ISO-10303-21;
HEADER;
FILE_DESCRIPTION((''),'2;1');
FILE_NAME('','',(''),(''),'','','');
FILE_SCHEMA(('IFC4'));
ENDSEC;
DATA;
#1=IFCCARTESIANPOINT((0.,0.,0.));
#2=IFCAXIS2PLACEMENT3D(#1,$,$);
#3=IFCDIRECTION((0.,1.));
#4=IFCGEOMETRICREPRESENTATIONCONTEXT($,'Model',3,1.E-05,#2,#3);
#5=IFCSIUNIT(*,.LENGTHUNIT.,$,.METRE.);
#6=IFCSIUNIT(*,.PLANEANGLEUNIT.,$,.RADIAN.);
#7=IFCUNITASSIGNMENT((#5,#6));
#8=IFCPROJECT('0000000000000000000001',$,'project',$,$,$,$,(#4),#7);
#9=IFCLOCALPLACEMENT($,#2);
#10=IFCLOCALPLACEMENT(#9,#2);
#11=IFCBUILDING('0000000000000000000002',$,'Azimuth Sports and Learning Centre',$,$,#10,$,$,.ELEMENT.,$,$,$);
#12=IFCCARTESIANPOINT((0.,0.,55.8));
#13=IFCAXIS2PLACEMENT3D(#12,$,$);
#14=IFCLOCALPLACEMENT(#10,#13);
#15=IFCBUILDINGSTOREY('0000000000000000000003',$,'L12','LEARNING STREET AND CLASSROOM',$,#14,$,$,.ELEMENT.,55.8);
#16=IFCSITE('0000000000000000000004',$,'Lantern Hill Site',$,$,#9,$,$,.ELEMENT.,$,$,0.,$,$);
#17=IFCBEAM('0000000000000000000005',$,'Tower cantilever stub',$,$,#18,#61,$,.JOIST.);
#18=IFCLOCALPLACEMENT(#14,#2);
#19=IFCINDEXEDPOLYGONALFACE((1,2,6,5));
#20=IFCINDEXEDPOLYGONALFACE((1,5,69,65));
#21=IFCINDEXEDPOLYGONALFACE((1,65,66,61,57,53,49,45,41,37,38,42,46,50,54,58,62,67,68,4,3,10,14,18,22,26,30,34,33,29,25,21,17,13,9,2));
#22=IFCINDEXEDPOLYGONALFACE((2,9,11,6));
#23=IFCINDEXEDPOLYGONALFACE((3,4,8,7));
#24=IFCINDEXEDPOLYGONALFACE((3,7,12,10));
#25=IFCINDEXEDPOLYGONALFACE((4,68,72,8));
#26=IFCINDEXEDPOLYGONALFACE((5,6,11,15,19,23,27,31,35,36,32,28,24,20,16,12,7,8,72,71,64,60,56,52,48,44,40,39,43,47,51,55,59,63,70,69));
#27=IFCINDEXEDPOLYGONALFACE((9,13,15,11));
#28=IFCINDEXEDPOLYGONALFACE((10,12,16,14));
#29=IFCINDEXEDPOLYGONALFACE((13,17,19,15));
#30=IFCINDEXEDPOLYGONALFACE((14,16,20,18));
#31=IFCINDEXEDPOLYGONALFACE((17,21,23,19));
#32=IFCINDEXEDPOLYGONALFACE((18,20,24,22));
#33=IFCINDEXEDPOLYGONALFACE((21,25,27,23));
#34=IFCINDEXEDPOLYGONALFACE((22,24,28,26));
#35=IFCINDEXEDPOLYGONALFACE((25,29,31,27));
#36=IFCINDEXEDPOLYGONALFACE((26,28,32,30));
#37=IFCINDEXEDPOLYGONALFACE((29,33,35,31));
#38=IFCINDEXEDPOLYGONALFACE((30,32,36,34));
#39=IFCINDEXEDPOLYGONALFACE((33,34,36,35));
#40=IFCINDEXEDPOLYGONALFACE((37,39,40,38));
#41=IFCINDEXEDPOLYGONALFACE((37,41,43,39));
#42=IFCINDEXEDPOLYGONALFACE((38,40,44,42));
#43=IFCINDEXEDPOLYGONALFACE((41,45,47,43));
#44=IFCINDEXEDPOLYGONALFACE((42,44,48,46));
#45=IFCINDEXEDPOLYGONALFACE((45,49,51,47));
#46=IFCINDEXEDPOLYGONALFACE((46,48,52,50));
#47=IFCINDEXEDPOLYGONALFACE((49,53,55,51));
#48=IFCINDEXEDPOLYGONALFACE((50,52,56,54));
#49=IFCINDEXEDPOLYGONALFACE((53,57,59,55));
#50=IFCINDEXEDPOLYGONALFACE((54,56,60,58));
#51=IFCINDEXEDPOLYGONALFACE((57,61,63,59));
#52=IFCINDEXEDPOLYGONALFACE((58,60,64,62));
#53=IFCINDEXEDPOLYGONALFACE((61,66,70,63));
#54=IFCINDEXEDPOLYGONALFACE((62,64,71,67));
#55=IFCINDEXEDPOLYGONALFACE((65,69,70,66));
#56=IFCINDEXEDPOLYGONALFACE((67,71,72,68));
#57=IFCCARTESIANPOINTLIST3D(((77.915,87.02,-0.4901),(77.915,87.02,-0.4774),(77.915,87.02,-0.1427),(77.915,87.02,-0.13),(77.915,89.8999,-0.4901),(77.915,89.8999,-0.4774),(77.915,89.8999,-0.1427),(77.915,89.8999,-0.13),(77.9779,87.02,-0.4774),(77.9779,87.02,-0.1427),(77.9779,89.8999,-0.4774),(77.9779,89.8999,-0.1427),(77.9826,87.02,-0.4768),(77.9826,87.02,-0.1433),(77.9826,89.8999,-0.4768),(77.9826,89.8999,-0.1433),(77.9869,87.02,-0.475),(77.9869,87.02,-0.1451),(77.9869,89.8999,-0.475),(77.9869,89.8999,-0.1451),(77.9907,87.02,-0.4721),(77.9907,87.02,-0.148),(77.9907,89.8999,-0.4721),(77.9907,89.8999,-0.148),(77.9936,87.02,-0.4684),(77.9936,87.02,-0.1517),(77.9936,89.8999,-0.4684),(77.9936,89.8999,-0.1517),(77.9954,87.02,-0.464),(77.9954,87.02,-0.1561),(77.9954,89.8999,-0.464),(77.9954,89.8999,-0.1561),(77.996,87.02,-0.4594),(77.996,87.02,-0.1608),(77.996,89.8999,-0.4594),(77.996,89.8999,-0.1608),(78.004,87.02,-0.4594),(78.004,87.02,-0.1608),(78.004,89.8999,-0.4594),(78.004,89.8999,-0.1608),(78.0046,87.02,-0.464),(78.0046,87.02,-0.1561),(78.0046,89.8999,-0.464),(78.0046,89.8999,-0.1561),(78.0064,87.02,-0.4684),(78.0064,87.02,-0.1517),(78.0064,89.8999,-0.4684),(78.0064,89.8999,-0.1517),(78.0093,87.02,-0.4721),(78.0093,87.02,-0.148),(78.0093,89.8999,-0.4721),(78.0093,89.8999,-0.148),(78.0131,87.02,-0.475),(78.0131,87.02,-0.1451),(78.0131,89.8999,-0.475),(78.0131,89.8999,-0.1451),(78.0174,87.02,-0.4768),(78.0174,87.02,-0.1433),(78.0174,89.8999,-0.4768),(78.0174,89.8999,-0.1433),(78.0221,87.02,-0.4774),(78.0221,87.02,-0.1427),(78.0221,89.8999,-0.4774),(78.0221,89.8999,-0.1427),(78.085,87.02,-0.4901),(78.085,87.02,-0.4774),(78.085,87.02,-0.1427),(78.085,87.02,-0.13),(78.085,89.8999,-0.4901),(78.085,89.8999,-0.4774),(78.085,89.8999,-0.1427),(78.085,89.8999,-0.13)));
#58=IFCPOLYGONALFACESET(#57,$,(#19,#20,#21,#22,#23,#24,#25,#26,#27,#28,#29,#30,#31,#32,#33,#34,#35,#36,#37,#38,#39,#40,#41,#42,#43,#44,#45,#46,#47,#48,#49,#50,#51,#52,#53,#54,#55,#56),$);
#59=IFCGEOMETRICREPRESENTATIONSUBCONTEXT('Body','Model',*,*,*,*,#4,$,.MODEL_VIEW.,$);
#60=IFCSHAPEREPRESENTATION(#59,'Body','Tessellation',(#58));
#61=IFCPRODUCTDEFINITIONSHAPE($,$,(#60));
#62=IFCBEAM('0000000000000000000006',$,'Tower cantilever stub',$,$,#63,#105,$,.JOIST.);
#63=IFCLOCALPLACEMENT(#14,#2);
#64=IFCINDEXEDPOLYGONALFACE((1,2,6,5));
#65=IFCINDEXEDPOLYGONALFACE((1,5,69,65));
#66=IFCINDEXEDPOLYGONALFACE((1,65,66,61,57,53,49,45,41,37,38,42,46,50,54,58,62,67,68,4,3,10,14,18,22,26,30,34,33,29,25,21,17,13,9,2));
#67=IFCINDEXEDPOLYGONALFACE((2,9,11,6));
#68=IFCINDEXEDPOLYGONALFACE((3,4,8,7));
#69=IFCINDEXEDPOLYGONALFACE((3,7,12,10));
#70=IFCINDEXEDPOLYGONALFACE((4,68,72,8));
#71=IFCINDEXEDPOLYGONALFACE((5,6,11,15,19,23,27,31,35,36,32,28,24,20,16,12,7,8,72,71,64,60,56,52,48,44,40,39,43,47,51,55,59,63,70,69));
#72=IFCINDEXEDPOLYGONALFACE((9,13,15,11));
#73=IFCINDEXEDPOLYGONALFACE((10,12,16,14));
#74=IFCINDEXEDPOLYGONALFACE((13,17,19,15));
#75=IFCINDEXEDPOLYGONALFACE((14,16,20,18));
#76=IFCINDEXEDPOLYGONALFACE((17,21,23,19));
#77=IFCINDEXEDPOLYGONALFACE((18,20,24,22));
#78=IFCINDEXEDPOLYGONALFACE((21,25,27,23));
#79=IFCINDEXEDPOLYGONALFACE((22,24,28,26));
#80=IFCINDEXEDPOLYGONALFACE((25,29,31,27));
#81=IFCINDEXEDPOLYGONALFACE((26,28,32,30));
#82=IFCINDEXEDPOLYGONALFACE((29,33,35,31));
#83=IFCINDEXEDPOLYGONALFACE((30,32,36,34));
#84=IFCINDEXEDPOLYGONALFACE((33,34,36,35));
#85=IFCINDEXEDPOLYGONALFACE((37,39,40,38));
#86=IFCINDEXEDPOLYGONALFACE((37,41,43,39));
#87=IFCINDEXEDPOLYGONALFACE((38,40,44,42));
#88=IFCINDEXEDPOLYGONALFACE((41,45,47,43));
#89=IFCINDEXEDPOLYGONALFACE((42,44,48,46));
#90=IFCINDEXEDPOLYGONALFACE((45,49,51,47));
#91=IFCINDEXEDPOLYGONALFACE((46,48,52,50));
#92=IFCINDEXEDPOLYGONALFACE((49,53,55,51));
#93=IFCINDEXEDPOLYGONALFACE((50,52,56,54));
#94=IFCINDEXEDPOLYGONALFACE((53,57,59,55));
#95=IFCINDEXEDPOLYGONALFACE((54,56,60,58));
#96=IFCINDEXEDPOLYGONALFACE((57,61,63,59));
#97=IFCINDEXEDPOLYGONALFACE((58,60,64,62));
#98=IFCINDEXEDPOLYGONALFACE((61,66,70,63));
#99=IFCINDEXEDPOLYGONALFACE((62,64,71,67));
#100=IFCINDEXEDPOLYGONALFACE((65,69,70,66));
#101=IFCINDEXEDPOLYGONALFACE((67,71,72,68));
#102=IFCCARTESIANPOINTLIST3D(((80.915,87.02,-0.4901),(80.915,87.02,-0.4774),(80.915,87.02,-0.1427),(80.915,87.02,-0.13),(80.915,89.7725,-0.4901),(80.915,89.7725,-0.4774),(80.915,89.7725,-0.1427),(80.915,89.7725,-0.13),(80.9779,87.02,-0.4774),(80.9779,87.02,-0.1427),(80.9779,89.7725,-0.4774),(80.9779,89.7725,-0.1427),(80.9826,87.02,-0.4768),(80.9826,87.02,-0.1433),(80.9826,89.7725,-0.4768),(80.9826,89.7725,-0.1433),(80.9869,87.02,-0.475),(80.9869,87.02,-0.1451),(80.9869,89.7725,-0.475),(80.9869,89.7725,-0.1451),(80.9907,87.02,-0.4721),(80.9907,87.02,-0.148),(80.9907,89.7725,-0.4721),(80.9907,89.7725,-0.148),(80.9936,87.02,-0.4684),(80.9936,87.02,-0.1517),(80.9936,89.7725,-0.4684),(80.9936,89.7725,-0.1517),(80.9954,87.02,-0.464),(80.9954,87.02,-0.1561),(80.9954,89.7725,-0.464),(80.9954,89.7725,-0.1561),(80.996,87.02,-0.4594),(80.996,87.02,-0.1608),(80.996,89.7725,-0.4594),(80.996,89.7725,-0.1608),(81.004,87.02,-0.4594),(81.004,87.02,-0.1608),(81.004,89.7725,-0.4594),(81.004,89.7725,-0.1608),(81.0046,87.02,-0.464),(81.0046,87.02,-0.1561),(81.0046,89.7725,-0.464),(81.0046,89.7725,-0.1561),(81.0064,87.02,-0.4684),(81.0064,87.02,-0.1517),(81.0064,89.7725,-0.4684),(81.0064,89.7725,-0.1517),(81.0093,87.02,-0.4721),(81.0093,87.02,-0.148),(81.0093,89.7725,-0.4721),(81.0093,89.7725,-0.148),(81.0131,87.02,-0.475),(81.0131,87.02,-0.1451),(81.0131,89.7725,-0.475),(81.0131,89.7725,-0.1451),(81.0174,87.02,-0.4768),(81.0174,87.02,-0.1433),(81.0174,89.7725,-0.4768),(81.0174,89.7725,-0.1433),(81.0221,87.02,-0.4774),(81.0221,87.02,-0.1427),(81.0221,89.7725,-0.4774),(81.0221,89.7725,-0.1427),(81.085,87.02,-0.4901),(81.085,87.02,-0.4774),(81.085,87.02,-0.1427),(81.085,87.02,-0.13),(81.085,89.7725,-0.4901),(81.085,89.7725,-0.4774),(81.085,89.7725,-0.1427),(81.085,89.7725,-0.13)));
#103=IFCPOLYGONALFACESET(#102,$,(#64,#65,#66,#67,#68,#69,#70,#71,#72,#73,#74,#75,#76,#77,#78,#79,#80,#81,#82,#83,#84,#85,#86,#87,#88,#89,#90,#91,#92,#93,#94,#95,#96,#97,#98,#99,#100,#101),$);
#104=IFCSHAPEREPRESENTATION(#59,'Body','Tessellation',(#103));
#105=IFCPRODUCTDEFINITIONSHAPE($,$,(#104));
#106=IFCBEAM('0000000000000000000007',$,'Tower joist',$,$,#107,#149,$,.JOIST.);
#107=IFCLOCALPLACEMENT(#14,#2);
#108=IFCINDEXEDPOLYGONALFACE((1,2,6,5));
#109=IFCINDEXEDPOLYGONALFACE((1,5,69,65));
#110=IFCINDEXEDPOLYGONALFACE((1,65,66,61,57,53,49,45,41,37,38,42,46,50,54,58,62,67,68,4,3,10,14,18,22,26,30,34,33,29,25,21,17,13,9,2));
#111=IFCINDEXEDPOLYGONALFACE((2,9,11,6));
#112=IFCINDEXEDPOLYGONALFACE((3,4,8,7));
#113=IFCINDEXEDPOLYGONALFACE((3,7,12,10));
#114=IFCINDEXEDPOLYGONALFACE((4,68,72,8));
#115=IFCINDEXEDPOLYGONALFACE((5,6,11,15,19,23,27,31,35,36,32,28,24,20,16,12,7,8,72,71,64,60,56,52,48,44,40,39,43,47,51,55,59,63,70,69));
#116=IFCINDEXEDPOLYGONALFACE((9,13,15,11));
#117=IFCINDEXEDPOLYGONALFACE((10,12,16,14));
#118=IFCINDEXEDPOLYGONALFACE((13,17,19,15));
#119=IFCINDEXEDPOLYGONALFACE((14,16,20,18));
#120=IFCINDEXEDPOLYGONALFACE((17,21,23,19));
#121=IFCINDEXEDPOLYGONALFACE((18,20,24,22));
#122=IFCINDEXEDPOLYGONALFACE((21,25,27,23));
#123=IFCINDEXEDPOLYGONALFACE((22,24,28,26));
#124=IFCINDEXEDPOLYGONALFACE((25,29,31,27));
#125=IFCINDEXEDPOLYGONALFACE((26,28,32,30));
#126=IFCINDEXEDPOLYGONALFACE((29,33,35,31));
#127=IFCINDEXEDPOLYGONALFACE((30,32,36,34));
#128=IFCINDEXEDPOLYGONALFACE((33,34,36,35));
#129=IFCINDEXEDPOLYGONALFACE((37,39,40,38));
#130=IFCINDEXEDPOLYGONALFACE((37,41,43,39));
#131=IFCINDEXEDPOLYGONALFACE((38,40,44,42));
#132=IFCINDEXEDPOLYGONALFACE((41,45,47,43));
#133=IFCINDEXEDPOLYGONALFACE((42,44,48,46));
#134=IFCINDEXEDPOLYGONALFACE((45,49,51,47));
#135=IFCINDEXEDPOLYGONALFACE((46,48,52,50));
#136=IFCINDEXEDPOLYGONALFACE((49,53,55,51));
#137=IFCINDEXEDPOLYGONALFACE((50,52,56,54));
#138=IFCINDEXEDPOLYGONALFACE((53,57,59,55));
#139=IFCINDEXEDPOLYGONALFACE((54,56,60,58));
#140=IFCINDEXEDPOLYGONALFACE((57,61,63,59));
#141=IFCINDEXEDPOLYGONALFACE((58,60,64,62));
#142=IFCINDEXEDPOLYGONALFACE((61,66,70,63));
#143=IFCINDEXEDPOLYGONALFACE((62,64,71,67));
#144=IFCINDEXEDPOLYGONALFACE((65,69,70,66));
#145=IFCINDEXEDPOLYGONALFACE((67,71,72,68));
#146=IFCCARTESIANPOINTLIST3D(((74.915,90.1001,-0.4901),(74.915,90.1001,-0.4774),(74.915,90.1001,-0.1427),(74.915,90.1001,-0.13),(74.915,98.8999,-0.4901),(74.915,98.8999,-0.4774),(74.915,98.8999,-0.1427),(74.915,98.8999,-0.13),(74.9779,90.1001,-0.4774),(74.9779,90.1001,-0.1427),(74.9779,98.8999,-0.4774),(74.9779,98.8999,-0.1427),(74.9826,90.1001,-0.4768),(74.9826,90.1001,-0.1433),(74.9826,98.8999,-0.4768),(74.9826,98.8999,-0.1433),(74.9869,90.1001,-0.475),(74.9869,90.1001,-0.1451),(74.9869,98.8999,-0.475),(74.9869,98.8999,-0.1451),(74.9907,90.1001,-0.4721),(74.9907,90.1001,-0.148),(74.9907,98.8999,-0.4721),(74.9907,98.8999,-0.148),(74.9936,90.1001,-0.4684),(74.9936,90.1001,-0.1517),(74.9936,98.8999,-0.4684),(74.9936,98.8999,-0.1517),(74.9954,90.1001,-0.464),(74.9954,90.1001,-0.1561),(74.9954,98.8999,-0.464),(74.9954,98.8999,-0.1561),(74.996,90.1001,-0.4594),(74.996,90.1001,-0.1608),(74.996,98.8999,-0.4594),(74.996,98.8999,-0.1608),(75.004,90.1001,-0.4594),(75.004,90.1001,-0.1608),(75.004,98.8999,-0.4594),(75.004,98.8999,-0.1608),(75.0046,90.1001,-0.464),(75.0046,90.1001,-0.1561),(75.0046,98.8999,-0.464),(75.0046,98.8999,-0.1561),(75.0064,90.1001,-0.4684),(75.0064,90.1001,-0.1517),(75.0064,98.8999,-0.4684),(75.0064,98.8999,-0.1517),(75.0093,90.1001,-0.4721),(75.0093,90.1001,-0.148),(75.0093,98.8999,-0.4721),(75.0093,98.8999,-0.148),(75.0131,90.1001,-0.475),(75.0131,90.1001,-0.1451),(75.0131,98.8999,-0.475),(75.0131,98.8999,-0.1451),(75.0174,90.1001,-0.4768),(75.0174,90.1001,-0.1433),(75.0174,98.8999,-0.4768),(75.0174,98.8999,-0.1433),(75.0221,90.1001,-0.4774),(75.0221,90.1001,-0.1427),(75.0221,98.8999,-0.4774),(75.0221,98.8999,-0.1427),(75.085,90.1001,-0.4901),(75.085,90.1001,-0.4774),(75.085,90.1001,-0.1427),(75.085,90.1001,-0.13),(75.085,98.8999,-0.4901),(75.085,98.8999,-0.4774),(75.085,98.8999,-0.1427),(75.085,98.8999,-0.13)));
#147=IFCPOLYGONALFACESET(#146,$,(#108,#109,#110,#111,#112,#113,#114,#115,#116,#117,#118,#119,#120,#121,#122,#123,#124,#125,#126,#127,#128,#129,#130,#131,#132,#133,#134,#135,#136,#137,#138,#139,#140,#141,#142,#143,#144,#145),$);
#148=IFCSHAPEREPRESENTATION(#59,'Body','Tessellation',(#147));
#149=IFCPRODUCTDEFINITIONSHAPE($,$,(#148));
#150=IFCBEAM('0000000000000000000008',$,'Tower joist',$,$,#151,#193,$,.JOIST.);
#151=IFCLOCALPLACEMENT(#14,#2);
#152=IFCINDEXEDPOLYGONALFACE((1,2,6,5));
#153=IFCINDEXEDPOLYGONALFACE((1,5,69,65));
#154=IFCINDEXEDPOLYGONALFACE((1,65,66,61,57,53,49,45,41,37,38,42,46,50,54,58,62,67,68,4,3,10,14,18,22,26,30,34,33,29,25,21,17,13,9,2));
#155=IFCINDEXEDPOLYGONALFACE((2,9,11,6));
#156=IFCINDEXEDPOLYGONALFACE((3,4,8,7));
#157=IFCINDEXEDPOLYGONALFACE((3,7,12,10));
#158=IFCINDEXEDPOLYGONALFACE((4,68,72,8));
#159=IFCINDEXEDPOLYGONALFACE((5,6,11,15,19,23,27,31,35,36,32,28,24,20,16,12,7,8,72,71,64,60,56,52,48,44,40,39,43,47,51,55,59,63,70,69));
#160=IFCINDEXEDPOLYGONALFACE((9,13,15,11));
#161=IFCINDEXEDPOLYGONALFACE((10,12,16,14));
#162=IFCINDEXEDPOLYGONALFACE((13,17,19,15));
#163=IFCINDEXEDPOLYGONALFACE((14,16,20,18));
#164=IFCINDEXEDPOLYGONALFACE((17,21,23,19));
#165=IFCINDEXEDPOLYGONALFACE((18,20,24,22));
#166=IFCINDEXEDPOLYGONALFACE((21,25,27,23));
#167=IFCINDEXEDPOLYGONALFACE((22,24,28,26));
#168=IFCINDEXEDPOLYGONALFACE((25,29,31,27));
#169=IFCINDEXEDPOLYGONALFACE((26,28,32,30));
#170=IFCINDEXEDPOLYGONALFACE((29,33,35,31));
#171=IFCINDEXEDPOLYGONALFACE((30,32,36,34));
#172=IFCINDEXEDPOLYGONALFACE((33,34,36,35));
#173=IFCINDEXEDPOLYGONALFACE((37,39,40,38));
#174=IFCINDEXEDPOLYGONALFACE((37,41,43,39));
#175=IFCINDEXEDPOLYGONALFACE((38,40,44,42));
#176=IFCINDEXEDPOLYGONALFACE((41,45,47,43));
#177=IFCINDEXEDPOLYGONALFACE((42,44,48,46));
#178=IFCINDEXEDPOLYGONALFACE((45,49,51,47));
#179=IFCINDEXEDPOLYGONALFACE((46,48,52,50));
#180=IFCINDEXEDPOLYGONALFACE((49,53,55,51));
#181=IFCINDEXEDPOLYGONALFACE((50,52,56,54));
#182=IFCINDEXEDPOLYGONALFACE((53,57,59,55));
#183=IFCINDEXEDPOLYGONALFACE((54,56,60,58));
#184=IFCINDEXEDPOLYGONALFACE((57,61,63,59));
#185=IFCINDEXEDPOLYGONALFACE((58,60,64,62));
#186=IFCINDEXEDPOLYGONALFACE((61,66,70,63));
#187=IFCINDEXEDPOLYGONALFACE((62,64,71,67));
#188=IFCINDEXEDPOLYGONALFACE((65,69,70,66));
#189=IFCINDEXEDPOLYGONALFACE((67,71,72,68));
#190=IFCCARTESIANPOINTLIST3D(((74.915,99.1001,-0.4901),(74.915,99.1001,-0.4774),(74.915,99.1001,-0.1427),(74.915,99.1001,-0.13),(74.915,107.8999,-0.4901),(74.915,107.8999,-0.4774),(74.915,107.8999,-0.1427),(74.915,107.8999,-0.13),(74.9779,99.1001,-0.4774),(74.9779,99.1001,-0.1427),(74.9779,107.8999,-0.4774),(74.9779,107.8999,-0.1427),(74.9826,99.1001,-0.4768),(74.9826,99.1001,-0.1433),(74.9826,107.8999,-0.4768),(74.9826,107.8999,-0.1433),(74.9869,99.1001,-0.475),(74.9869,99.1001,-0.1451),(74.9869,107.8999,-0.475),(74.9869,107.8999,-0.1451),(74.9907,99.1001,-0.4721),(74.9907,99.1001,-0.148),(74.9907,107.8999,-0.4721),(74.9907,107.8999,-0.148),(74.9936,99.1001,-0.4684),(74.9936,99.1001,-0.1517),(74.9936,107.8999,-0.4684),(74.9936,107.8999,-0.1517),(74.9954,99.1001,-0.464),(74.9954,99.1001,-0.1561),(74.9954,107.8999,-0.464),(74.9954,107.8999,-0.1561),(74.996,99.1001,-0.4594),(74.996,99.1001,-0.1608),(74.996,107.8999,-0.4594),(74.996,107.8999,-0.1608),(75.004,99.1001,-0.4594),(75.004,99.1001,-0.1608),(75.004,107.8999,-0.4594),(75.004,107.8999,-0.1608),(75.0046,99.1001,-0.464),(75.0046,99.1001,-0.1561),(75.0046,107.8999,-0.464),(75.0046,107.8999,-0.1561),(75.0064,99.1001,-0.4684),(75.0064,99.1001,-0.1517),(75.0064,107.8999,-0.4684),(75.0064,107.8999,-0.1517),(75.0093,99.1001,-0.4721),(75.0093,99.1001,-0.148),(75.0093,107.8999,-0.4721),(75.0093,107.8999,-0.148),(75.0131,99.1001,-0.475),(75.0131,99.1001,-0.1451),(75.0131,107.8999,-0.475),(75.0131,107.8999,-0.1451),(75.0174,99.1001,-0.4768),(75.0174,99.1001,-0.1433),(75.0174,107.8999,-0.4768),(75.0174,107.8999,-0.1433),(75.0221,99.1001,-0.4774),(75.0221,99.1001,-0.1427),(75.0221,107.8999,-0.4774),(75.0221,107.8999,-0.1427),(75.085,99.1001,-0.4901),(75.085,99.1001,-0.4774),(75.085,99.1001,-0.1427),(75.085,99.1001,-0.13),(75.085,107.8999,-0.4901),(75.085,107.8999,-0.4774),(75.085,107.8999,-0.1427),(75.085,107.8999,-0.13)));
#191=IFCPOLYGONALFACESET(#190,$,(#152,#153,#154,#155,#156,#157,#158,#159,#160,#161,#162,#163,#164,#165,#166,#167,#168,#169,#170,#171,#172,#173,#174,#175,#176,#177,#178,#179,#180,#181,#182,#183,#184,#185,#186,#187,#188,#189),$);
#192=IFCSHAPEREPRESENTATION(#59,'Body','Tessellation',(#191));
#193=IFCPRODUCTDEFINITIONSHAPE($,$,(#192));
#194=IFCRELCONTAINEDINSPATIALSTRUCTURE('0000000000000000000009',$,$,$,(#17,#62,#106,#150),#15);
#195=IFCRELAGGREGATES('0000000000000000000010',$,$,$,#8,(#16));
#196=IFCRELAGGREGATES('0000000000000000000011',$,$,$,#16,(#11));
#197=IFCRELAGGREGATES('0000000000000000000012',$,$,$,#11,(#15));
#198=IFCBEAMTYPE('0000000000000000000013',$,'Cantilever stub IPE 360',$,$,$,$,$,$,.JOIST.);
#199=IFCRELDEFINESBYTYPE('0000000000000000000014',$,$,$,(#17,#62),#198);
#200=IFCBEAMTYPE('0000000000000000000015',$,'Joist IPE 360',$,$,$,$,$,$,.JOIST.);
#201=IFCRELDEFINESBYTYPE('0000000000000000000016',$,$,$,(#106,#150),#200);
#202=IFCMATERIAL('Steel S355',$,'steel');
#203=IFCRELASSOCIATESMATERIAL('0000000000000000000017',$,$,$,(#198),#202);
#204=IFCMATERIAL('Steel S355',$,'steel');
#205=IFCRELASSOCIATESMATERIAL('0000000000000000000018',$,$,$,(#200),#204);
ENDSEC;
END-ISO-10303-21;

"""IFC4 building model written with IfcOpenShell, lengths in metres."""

from ifc_helpers import new_model, si_unit, direction, frame, origin, origin_2d, place, context, subcontext, project, spatial, i_section, extrude, material, material_profile, profile_set, type_object, element, save


model = new_model("IFC4")

# Units and contexts
model_context = context("Model", 3, precision=1e-05, world=origin(), true_north=direction((0.0, 1.0)))
body_context = subcontext(model_context, "Body", "Model", "MODEL_VIEW")
ifc_project = project(units=[si_unit("LENGTHUNIT", "METRE"), si_unit("PLANEANGLEUNIT", "RADIAN")], contexts=[model_context])

# Site, building, storey
site_placement = place(None, origin())
site = spatial("IfcSite", under=ifc_project, at=site_placement, Name="Lantern Hill Site", CompositionType="ELEMENT", RefElevation=0.0)
building_placement = place(site_placement, origin())
building = spatial("IfcBuilding", under=site, at=building_placement, Name="Azimuth Sports and Learning Centre", CompositionType="ELEMENT")
storey_placement = place(building_placement, frame((0.0, 0.0, 55.8)))
storey = spatial("IfcBuildingStorey", under=building, at=storey_placement, Name="L12", Description="LEARNING STREET AND CLASSROOM", CompositionType="ELEMENT", Elevation=55.8)

# Beams
ifc_material_1 = material(Name="Steel S355", Category="steel")
ifc_material_profile_1 = material_profile(ifc_material_1, i_section(OverallWidth=0.1699, OverallDepth=0.3601, WebThickness=0.0081, FlangeThickness=0.0127, FilletRadius=0.0181, at=origin_2d()), Name="IPE 360")
ifc_profile_set_1 = profile_set([ifc_material_profile_1], Name="Steel S355")
beam_type_1 = type_object("IfcBeamType", Name="Cantilever stub IPE 360", PredefinedType="JOIST", material=ifc_profile_set_1)
beam_1_placement = place(storey_placement, frame((78.0, 89.8999, -0.3101), z_axis=(0.0, -1.0, 0.0), x_axis=(1.0, 0.0, 0.0)))
element("IfcBeam", 1, at=beam_1_placement, inside=storey, type_object=beam_type_1, Name="Tower cantilever stub", PredefinedType="JOIST", context=body_context, shape_type="SweptSolid", body=[
    extrude(i_section(OverallWidth=0.1699, OverallDepth=0.3601, WebThickness=0.0081, FlangeThickness=0.0127, FilletRadius=0.0181, at=origin_2d()), origin(), (0.0, 0.0, 1.0), 2.8799),
])
beam_2_placement = place(storey_placement, frame((81.0, 89.7725, -0.3101), z_axis=(0.0, -1.0, 0.0), x_axis=(1.0, 0.0, 0.0)))
element("IfcBeam", 2, at=beam_2_placement, inside=storey, type_object=beam_type_1, Name="Tower cantilever stub", PredefinedType="JOIST", context=body_context, shape_type="SweptSolid", body=[
    extrude(i_section(OverallWidth=0.1699, OverallDepth=0.3601, WebThickness=0.0081, FlangeThickness=0.0127, FilletRadius=0.0181, at=origin_2d()), origin(), (0.0, 0.0, 1.0), 2.7524),
])
ifc_material_2 = material(Name="Steel S355", Category="steel")
ifc_material_profile_2 = material_profile(ifc_material_2, i_section(OverallWidth=0.1699, OverallDepth=0.3601, WebThickness=0.0081, FlangeThickness=0.0127, FilletRadius=0.0181, at=origin_2d()), Name="IPE 360")
ifc_profile_set_2 = profile_set([ifc_material_profile_2], Name="Steel S355")
beam_type_2 = type_object("IfcBeamType", Name="Joist IPE 360", PredefinedType="JOIST", material=ifc_profile_set_2)
for number, where, z_axis, x_axis, name in (
    (3, (75.0, 90.1001, -0.3101), (0.0, 1.0, 0.0), (-1.0, 0.0, 0.0), "Tower joist"),
    (4, (75.0, 99.1001, -0.3101), (0.0, 1.0, 0.0), (-1.0, 0.0, 0.0), "Tower joist"),
):
    element("IfcBeam", number, at=place(storey_placement, frame(where, z_axis=z_axis, x_axis=x_axis)), inside=storey, type_object=beam_type_2, Name=name, PredefinedType="JOIST", context=body_context, shape_type="SweptSolid", body=[
        extrude(i_section(OverallWidth=0.1699, OverallDepth=0.3601, WebThickness=0.0081, FlangeThickness=0.0127, FilletRadius=0.0181, at=origin_2d()), origin(), (0.0, 0.0, 1.0), 8.7998),
    ])

save(model, "model.ifc")
